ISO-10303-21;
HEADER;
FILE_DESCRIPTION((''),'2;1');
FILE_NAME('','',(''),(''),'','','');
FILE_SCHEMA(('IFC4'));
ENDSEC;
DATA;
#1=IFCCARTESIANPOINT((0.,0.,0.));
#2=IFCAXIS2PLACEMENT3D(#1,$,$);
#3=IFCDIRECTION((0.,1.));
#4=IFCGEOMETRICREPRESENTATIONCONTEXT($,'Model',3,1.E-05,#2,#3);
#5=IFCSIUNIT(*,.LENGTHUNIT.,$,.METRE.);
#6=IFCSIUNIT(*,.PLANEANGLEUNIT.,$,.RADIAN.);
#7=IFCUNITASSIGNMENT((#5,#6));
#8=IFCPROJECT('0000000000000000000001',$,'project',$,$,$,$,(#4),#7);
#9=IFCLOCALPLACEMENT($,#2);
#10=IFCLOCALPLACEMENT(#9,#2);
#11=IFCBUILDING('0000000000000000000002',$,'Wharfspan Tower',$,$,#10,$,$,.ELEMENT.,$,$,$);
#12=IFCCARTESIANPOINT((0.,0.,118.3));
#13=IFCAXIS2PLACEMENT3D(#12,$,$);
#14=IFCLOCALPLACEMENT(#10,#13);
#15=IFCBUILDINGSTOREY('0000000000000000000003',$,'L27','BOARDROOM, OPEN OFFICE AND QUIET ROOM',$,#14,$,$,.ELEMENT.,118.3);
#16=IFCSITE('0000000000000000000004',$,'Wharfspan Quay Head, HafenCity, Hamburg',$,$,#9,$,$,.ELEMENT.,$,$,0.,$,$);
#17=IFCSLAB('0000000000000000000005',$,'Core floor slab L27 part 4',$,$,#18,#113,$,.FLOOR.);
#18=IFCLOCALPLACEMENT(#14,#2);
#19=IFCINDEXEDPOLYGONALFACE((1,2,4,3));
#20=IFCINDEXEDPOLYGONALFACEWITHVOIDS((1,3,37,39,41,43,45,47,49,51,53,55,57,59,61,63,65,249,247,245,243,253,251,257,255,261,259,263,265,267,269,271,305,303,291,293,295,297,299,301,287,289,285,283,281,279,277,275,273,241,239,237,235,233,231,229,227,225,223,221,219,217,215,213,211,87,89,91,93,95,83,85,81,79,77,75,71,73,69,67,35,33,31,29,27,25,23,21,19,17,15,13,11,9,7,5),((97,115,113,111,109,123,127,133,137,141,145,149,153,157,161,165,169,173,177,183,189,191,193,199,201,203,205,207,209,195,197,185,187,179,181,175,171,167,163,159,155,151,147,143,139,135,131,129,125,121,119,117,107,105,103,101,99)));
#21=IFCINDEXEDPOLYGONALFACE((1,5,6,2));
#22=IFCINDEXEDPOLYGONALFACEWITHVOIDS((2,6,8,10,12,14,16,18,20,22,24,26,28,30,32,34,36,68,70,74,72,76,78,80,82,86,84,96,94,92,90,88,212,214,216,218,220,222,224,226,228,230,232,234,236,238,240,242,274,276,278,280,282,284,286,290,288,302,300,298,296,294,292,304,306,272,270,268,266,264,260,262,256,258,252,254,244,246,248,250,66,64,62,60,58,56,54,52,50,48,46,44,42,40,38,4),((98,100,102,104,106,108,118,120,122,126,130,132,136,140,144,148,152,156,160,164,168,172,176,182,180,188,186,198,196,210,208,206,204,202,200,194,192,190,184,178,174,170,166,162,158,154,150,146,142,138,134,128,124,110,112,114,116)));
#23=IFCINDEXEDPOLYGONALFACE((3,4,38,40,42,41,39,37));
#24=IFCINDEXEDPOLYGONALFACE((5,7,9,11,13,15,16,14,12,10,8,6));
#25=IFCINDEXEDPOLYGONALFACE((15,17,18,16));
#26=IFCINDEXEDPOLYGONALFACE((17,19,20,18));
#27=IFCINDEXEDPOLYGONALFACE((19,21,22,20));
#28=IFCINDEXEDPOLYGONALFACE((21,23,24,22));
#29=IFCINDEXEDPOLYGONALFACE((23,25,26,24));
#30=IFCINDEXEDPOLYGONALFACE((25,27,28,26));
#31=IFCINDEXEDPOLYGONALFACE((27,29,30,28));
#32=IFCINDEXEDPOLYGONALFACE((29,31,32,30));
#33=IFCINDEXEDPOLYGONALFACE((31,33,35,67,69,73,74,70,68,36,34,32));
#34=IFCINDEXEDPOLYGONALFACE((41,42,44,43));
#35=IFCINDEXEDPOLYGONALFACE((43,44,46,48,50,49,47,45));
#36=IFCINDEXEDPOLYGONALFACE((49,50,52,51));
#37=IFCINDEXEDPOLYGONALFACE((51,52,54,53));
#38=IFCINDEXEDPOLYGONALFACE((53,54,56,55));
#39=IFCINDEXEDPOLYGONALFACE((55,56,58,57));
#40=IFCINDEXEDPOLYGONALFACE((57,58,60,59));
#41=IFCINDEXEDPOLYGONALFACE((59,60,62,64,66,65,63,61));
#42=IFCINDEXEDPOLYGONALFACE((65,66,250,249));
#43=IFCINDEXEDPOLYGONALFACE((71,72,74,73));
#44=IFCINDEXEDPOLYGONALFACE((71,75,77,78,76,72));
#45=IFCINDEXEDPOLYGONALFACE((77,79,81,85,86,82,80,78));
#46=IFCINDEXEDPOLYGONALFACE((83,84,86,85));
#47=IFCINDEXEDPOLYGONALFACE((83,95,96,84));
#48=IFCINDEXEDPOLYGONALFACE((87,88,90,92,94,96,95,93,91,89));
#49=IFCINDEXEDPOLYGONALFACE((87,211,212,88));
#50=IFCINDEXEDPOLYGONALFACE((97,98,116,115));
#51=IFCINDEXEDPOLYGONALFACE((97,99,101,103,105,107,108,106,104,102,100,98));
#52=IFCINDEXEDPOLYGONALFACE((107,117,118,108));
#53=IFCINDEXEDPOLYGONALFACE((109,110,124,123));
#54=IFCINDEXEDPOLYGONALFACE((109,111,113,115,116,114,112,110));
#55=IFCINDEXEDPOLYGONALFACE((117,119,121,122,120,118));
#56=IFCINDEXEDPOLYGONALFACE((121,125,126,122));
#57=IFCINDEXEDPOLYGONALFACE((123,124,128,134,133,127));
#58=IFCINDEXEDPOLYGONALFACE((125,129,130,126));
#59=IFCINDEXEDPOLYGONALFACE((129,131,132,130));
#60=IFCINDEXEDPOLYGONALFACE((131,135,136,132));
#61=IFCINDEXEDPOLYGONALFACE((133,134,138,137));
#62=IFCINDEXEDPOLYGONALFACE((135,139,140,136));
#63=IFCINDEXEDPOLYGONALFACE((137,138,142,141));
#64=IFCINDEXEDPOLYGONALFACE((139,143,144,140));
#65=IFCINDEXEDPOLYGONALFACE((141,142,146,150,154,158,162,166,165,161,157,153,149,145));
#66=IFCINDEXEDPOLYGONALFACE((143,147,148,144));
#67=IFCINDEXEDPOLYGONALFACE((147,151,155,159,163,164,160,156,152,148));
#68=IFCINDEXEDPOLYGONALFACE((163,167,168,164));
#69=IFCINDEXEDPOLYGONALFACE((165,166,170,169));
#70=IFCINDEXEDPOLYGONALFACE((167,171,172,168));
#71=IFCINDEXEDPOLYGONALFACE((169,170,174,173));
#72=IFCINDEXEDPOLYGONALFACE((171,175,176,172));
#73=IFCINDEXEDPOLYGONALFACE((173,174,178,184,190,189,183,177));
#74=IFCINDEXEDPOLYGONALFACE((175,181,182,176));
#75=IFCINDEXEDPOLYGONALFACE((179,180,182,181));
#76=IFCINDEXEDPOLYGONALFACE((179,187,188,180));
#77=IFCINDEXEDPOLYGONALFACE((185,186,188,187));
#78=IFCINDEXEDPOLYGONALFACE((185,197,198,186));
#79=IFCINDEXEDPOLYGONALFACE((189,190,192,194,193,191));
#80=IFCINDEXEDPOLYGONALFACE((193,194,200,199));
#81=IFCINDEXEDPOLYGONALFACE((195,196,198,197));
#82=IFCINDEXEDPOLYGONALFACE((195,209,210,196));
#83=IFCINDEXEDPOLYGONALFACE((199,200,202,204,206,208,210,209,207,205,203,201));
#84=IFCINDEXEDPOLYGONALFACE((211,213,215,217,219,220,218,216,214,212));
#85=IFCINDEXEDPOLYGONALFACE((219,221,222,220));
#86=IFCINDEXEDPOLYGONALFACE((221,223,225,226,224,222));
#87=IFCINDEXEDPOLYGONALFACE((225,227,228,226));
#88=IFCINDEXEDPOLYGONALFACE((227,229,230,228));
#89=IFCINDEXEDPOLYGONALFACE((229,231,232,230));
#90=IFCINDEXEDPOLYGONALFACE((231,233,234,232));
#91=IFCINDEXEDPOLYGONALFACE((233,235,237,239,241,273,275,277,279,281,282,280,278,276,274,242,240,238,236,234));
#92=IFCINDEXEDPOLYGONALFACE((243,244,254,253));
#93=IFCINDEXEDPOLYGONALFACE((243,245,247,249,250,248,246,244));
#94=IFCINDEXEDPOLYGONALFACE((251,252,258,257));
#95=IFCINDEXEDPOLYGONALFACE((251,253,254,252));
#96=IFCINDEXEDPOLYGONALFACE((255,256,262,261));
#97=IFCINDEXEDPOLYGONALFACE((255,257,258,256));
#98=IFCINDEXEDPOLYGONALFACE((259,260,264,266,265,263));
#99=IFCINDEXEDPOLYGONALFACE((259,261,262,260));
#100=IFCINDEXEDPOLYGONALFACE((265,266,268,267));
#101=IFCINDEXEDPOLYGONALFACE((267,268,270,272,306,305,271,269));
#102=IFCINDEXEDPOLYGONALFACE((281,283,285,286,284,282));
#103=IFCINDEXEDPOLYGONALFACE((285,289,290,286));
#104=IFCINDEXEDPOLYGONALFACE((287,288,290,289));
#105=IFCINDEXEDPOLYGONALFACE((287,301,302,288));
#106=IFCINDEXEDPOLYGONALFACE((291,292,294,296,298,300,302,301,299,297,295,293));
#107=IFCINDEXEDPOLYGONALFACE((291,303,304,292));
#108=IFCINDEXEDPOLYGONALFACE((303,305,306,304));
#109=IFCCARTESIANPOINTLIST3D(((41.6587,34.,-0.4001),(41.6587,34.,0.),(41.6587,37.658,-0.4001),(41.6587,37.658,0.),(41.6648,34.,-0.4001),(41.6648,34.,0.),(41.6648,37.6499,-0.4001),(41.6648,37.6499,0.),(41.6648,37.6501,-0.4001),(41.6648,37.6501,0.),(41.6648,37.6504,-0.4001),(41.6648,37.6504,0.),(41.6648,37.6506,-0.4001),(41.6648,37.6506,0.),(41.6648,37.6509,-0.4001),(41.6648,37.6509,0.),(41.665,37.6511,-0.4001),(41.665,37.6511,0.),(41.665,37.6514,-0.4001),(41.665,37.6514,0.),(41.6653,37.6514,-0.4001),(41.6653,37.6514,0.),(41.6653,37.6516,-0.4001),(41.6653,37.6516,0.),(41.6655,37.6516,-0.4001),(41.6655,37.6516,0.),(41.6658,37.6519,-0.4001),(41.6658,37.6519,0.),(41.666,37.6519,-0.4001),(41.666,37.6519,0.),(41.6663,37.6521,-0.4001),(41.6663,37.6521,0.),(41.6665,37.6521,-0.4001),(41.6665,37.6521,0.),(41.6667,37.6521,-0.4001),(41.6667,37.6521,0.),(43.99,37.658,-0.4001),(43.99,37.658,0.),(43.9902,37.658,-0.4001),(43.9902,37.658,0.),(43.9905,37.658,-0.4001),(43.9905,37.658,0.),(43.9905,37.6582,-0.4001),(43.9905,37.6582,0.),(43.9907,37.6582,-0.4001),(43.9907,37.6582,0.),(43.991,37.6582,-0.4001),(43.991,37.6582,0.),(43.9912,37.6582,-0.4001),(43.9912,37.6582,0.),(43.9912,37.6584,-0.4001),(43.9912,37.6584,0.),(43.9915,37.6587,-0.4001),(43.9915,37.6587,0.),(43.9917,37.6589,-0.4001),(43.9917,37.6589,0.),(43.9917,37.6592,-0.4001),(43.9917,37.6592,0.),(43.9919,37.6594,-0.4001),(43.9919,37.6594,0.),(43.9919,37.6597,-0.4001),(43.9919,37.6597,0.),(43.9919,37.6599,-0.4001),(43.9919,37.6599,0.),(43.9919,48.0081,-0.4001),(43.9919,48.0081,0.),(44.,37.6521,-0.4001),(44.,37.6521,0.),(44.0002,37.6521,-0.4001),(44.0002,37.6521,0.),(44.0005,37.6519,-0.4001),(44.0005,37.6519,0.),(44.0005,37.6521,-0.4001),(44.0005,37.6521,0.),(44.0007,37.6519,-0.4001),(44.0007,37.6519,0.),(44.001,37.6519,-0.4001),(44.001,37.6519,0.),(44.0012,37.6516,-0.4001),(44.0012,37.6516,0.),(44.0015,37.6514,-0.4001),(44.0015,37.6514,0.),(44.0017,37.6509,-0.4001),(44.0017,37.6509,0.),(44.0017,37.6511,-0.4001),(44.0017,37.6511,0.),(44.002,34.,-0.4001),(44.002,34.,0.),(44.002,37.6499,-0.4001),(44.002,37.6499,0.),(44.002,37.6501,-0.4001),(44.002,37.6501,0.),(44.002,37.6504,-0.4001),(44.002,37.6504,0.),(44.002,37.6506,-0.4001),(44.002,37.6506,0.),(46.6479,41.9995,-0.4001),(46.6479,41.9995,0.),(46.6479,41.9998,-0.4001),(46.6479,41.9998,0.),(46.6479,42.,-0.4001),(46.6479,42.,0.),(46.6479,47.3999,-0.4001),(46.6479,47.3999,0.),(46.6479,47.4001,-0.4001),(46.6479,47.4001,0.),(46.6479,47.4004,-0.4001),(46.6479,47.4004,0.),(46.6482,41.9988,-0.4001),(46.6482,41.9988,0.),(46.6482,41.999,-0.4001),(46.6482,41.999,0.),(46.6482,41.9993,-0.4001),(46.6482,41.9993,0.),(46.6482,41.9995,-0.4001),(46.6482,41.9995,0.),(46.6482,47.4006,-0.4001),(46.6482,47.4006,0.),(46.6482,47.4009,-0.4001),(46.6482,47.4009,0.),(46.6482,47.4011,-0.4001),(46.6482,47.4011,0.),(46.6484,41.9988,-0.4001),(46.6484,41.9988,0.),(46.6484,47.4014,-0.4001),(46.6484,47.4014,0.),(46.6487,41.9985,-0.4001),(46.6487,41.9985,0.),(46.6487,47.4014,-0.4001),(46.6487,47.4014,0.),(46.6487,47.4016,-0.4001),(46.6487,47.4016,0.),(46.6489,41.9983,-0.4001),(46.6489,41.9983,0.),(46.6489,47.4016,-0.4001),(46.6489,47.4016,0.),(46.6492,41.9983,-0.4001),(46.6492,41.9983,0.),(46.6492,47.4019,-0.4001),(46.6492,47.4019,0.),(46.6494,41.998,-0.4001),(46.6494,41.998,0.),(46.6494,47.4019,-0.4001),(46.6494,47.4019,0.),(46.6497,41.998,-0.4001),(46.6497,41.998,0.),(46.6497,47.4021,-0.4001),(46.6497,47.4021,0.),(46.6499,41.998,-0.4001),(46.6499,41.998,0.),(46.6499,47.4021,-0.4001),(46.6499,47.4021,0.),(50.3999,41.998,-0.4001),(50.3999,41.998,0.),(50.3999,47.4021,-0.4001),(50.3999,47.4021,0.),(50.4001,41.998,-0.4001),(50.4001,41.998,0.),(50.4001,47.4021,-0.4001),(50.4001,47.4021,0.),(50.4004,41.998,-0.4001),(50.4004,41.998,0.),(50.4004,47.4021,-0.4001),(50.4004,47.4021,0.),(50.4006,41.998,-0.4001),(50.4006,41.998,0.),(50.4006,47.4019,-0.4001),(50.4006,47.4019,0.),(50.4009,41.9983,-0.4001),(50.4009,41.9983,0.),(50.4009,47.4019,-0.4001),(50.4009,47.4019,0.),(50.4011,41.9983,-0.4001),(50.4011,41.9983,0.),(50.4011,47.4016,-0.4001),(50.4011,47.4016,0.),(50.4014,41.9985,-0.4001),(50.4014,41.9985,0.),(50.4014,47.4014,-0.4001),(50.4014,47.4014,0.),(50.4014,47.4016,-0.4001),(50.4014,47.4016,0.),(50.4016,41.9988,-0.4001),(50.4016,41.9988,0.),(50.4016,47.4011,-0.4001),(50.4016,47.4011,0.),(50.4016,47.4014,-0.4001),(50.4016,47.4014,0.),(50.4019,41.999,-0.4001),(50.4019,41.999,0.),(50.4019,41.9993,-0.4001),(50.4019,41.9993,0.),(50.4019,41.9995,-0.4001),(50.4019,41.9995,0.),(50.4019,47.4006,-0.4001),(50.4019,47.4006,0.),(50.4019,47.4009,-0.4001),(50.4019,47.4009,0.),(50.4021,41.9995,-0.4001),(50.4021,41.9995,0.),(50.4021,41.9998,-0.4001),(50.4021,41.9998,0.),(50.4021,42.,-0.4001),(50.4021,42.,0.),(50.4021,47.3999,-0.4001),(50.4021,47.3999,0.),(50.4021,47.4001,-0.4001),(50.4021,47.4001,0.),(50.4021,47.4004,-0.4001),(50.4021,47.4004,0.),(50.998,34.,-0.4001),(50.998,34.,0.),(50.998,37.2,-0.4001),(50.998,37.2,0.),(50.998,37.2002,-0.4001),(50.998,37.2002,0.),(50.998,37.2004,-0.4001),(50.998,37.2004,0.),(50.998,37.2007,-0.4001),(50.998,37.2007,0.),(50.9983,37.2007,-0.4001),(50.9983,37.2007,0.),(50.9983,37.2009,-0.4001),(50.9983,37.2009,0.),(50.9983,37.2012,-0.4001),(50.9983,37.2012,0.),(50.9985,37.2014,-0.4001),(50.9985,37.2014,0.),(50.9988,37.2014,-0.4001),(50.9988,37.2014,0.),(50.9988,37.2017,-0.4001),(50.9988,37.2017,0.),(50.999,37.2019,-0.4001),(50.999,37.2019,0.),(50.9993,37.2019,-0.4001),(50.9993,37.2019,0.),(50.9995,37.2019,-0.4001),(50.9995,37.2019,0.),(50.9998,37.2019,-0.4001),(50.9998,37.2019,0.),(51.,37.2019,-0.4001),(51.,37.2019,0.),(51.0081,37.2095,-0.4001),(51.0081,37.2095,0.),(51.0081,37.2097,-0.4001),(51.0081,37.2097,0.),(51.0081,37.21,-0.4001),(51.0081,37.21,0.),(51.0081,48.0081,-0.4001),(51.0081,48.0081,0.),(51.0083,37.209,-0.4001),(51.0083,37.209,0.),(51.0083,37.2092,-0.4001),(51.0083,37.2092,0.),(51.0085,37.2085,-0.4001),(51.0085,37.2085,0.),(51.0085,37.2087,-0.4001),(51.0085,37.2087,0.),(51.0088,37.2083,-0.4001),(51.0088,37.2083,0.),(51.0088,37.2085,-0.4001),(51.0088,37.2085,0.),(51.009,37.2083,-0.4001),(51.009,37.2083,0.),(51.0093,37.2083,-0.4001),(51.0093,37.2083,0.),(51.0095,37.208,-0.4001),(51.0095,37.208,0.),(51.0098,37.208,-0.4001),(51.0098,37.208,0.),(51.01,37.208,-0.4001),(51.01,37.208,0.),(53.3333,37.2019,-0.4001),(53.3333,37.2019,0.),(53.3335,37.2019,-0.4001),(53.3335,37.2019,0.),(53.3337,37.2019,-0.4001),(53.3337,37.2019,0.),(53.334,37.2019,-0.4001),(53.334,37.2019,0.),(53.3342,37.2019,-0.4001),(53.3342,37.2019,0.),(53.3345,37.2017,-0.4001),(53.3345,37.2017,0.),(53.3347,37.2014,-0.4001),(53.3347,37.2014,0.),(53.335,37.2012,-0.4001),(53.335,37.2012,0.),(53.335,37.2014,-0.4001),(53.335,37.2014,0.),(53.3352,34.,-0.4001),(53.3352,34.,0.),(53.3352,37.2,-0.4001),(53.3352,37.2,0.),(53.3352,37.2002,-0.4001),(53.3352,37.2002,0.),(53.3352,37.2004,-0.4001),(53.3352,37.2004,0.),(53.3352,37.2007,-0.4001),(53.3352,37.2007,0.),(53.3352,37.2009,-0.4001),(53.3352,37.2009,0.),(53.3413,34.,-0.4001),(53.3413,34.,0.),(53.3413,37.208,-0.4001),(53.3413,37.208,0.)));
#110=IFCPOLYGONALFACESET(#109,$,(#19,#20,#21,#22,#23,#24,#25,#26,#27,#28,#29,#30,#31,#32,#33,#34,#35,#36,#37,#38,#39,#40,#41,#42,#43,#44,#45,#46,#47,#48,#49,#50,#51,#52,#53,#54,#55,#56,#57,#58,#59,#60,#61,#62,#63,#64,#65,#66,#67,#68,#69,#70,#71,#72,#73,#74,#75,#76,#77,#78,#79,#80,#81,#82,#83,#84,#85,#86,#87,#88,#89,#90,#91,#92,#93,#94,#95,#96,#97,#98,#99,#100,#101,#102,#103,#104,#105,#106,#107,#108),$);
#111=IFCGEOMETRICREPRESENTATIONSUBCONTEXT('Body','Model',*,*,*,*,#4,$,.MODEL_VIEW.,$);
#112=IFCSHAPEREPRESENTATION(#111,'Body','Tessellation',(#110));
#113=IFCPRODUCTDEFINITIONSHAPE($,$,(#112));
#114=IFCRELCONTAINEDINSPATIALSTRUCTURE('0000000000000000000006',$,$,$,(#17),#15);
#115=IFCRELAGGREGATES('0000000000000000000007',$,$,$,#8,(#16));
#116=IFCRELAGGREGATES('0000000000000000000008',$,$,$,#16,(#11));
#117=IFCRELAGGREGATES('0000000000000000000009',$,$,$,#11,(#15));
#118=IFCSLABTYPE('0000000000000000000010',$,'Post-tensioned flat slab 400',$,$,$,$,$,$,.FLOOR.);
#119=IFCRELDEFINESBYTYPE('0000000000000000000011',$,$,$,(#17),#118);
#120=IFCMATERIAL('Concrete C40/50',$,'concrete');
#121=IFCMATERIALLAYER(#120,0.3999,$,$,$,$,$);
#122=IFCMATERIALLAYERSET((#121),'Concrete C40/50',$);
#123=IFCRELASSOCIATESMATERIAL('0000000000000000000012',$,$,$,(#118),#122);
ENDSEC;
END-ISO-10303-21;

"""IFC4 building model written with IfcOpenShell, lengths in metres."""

from ifc_helpers import new_model, si_unit, direction, frame, origin, place, context, subcontext, project, spatial, polyline, outline, extrude, material, layer, layer_set, type_object, element, save


model = new_model("IFC4")

# Units and contexts
model_context = context("Model", 3, precision=1e-05, world=origin(), true_north=direction((0.0, 1.0)))
body_context = subcontext(model_context, "Body", "Model", "MODEL_VIEW")
ifc_project = project(units=[si_unit("LENGTHUNIT", "METRE"), si_unit("PLANEANGLEUNIT", "RADIAN")], contexts=[model_context])

# Site, building, storey
site_placement = place(None, origin())
site = spatial("IfcSite", under=ifc_project, at=site_placement, Name="Wharfspan Quay Head, HafenCity, Hamburg", CompositionType="ELEMENT", RefElevation=0.0)
building_placement = place(site_placement, origin())
building = spatial("IfcBuilding", under=site, at=building_placement, Name="Wharfspan Tower", CompositionType="ELEMENT")
storey_placement = place(building_placement, frame((0.0, 0.0, 118.3)))
storey = spatial("IfcBuildingStorey", under=building, at=storey_placement, Name="L27", Description="BOARDROOM, OPEN OFFICE AND QUIET ROOM", CompositionType="ELEMENT", Elevation=118.3)

# Slab
ifc_material_1 = material(Name="Concrete C40/50", Category="concrete")
ifc_layer_1 = layer(ifc_material_1, 0.3999)
ifc_layer_set_1 = layer_set([ifc_layer_1], Name="Concrete C40/50")
slab_type = type_object("IfcSlabType", Name="Post-tensioned flat slab 400", PredefinedType="FLOOR", material=ifc_layer_set_1)
slab_1_placement = place(storey_placement, frame((0.0, 0.0, -0.4001)))
element("IfcSlab", 1, at=slab_1_placement, inside=storey, type_object=slab_type, Name="Core floor slab L27 part 4", PredefinedType="FLOOR", context=body_context, shape_type="SweptSolid", body=[
    extrude(outline(polyline([(53.3413, 34.0), (53.3413, 37.208), (51.01, 37.208), (51.0098, 37.208), (51.0095, 37.208), (51.0095, 37.208), (51.0093, 37.2083), (51.009, 37.2083), (51.0088, 37.2083), (51.0088, 37.2085), (51.0085, 37.2085), (51.0085, 37.2087), (51.0083, 37.209), (51.0083, 37.209), (51.0083, 37.2092), (51.0081, 37.2095), (51.0081, 37.2097), (51.0081, 37.2097), (51.0081, 37.21), (51.0081, 48.0081), (43.9919, 48.0081), (43.9919, 37.6599), (43.9919, 37.6599), (43.9919, 37.6597), (43.9919, 37.6594), (43.9917, 37.6592), (43.9917, 37.6592), (43.9917, 37.6589), (43.9915, 37.6587), (43.9915, 37.6587), (43.9912, 37.6584), (43.9912, 37.6582), (43.991, 37.6582), (43.9907, 37.6582), (43.9905, 37.6582), (43.9905, 37.658), (43.9902, 37.658), (43.99, 37.658), (41.6587, 37.658), (41.6587, 34.0), (41.6648, 34.0), (41.6648, 37.6499), (41.6648, 37.6501), (41.6648, 37.6504), (41.6648, 37.6506), (41.6648, 37.6509), (41.6648, 37.6509), (41.665, 37.6511), (41.665, 37.6514), (41.6653, 37.6514), (41.6653, 37.6516), (41.6655, 37.6516), (41.6658, 37.6519), (41.666, 37.6519), (41.666, 37.6519), (41.6663, 37.6521), (41.6665, 37.6521), (41.6667, 37.6521), (44.0, 37.6521), (44.0002, 37.6521), (44.0005, 37.6521), (44.0005, 37.6519), (44.0007, 37.6519), (44.001, 37.6519), (44.0012, 37.6516), (44.0012, 37.6516), (44.0015, 37.6514), (44.0015, 37.6514), (44.0017, 37.6511), (44.0017, 37.6509), (44.0017, 37.6509), (44.002, 37.6506), (44.002, 37.6504), (44.002, 37.6501), (44.002, 37.6499), (44.002, 34.0), (50.998, 34.0), (50.998, 37.2), (50.998, 37.2002), (50.998, 37.2004), (50.998, 37.2007), (50.9983, 37.2007), (50.9983, 37.2009), (50.9983, 37.2012), (50.9985, 37.2014), (50.9985, 37.2014), (50.9988, 37.2014), (50.9988, 37.2017), (50.999, 37.2019), (50.9993, 37.2019), (50.9995, 37.2019), (50.9995, 37.2019), (50.9998, 37.2019), (51.0, 37.2019), (53.3333, 37.2019), (53.3335, 37.2019), (53.3337, 37.2019), (53.334, 37.2019), (53.334, 37.2019), (53.3342, 37.2019), (53.3345, 37.2017), (53.3347, 37.2014), (53.3347, 37.2014), (53.335, 37.2014), (53.335, 37.2012), (53.3352, 37.2009), (53.3352, 37.2007), (53.3352, 37.2007), (53.3352, 37.2004), (53.3352, 37.2002), (53.3352, 37.2), (53.3352, 34.0), (53.3413, 34.0)]), holes=[polyline([(50.4021, 42.0), (50.4021, 41.9998), (50.4021, 41.9995), (50.4019, 41.9995), (50.4019, 41.9993), (50.4019, 41.999), (50.4016, 41.9988), (50.4016, 41.9988), (50.4014, 41.9985), (50.4014, 41.9985), (50.4011, 41.9983), (50.4009, 41.9983), (50.4009, 41.9983), (50.4006, 41.998), (50.4004, 41.998), (50.4001, 41.998), (50.3999, 41.998), (46.6499, 41.998), (46.6499, 41.998), (46.6497, 41.998), (46.6494, 41.998), (46.6492, 41.9983), (46.6492, 41.9983), (46.6489, 41.9983), (46.6487, 41.9985), (46.6487, 41.9985), (46.6484, 41.9988), (46.6482, 41.9988), (46.6482, 41.999), (46.6482, 41.9993), (46.6482, 41.9995), (46.6479, 41.9995), (46.6479, 41.9998), (46.6479, 42.0), (46.6479, 47.3999), (46.6479, 47.4001), (46.6479, 47.4004), (46.6482, 47.4006), (46.6482, 47.4009), (46.6482, 47.4009), (46.6482, 47.4011), (46.6484, 47.4014), (46.6487, 47.4014), (46.6487, 47.4016), (46.6489, 47.4016), (46.6492, 47.4019), (46.6492, 47.4019), (46.6494, 47.4019), (46.6497, 47.4021), (46.6499, 47.4021), (46.6499, 47.4021), (50.3999, 47.4021), (50.4001, 47.4021), (50.4004, 47.4021), (50.4006, 47.4019), (50.4009, 47.4019), (50.4009, 47.4019), (50.4011, 47.4016), (50.4014, 47.4016), (50.4014, 47.4014), (50.4016, 47.4014), (50.4016, 47.4011), (50.4019, 47.4009), (50.4019, 47.4009), (50.4019, 47.4006), (50.4021, 47.4004), (50.4021, 47.4001), (50.4021, 47.3999), (50.4021, 42.0)])]), origin(), (0.0, 0.0, 1.0), 0.4001),
])

save(model, "model.ifc")
